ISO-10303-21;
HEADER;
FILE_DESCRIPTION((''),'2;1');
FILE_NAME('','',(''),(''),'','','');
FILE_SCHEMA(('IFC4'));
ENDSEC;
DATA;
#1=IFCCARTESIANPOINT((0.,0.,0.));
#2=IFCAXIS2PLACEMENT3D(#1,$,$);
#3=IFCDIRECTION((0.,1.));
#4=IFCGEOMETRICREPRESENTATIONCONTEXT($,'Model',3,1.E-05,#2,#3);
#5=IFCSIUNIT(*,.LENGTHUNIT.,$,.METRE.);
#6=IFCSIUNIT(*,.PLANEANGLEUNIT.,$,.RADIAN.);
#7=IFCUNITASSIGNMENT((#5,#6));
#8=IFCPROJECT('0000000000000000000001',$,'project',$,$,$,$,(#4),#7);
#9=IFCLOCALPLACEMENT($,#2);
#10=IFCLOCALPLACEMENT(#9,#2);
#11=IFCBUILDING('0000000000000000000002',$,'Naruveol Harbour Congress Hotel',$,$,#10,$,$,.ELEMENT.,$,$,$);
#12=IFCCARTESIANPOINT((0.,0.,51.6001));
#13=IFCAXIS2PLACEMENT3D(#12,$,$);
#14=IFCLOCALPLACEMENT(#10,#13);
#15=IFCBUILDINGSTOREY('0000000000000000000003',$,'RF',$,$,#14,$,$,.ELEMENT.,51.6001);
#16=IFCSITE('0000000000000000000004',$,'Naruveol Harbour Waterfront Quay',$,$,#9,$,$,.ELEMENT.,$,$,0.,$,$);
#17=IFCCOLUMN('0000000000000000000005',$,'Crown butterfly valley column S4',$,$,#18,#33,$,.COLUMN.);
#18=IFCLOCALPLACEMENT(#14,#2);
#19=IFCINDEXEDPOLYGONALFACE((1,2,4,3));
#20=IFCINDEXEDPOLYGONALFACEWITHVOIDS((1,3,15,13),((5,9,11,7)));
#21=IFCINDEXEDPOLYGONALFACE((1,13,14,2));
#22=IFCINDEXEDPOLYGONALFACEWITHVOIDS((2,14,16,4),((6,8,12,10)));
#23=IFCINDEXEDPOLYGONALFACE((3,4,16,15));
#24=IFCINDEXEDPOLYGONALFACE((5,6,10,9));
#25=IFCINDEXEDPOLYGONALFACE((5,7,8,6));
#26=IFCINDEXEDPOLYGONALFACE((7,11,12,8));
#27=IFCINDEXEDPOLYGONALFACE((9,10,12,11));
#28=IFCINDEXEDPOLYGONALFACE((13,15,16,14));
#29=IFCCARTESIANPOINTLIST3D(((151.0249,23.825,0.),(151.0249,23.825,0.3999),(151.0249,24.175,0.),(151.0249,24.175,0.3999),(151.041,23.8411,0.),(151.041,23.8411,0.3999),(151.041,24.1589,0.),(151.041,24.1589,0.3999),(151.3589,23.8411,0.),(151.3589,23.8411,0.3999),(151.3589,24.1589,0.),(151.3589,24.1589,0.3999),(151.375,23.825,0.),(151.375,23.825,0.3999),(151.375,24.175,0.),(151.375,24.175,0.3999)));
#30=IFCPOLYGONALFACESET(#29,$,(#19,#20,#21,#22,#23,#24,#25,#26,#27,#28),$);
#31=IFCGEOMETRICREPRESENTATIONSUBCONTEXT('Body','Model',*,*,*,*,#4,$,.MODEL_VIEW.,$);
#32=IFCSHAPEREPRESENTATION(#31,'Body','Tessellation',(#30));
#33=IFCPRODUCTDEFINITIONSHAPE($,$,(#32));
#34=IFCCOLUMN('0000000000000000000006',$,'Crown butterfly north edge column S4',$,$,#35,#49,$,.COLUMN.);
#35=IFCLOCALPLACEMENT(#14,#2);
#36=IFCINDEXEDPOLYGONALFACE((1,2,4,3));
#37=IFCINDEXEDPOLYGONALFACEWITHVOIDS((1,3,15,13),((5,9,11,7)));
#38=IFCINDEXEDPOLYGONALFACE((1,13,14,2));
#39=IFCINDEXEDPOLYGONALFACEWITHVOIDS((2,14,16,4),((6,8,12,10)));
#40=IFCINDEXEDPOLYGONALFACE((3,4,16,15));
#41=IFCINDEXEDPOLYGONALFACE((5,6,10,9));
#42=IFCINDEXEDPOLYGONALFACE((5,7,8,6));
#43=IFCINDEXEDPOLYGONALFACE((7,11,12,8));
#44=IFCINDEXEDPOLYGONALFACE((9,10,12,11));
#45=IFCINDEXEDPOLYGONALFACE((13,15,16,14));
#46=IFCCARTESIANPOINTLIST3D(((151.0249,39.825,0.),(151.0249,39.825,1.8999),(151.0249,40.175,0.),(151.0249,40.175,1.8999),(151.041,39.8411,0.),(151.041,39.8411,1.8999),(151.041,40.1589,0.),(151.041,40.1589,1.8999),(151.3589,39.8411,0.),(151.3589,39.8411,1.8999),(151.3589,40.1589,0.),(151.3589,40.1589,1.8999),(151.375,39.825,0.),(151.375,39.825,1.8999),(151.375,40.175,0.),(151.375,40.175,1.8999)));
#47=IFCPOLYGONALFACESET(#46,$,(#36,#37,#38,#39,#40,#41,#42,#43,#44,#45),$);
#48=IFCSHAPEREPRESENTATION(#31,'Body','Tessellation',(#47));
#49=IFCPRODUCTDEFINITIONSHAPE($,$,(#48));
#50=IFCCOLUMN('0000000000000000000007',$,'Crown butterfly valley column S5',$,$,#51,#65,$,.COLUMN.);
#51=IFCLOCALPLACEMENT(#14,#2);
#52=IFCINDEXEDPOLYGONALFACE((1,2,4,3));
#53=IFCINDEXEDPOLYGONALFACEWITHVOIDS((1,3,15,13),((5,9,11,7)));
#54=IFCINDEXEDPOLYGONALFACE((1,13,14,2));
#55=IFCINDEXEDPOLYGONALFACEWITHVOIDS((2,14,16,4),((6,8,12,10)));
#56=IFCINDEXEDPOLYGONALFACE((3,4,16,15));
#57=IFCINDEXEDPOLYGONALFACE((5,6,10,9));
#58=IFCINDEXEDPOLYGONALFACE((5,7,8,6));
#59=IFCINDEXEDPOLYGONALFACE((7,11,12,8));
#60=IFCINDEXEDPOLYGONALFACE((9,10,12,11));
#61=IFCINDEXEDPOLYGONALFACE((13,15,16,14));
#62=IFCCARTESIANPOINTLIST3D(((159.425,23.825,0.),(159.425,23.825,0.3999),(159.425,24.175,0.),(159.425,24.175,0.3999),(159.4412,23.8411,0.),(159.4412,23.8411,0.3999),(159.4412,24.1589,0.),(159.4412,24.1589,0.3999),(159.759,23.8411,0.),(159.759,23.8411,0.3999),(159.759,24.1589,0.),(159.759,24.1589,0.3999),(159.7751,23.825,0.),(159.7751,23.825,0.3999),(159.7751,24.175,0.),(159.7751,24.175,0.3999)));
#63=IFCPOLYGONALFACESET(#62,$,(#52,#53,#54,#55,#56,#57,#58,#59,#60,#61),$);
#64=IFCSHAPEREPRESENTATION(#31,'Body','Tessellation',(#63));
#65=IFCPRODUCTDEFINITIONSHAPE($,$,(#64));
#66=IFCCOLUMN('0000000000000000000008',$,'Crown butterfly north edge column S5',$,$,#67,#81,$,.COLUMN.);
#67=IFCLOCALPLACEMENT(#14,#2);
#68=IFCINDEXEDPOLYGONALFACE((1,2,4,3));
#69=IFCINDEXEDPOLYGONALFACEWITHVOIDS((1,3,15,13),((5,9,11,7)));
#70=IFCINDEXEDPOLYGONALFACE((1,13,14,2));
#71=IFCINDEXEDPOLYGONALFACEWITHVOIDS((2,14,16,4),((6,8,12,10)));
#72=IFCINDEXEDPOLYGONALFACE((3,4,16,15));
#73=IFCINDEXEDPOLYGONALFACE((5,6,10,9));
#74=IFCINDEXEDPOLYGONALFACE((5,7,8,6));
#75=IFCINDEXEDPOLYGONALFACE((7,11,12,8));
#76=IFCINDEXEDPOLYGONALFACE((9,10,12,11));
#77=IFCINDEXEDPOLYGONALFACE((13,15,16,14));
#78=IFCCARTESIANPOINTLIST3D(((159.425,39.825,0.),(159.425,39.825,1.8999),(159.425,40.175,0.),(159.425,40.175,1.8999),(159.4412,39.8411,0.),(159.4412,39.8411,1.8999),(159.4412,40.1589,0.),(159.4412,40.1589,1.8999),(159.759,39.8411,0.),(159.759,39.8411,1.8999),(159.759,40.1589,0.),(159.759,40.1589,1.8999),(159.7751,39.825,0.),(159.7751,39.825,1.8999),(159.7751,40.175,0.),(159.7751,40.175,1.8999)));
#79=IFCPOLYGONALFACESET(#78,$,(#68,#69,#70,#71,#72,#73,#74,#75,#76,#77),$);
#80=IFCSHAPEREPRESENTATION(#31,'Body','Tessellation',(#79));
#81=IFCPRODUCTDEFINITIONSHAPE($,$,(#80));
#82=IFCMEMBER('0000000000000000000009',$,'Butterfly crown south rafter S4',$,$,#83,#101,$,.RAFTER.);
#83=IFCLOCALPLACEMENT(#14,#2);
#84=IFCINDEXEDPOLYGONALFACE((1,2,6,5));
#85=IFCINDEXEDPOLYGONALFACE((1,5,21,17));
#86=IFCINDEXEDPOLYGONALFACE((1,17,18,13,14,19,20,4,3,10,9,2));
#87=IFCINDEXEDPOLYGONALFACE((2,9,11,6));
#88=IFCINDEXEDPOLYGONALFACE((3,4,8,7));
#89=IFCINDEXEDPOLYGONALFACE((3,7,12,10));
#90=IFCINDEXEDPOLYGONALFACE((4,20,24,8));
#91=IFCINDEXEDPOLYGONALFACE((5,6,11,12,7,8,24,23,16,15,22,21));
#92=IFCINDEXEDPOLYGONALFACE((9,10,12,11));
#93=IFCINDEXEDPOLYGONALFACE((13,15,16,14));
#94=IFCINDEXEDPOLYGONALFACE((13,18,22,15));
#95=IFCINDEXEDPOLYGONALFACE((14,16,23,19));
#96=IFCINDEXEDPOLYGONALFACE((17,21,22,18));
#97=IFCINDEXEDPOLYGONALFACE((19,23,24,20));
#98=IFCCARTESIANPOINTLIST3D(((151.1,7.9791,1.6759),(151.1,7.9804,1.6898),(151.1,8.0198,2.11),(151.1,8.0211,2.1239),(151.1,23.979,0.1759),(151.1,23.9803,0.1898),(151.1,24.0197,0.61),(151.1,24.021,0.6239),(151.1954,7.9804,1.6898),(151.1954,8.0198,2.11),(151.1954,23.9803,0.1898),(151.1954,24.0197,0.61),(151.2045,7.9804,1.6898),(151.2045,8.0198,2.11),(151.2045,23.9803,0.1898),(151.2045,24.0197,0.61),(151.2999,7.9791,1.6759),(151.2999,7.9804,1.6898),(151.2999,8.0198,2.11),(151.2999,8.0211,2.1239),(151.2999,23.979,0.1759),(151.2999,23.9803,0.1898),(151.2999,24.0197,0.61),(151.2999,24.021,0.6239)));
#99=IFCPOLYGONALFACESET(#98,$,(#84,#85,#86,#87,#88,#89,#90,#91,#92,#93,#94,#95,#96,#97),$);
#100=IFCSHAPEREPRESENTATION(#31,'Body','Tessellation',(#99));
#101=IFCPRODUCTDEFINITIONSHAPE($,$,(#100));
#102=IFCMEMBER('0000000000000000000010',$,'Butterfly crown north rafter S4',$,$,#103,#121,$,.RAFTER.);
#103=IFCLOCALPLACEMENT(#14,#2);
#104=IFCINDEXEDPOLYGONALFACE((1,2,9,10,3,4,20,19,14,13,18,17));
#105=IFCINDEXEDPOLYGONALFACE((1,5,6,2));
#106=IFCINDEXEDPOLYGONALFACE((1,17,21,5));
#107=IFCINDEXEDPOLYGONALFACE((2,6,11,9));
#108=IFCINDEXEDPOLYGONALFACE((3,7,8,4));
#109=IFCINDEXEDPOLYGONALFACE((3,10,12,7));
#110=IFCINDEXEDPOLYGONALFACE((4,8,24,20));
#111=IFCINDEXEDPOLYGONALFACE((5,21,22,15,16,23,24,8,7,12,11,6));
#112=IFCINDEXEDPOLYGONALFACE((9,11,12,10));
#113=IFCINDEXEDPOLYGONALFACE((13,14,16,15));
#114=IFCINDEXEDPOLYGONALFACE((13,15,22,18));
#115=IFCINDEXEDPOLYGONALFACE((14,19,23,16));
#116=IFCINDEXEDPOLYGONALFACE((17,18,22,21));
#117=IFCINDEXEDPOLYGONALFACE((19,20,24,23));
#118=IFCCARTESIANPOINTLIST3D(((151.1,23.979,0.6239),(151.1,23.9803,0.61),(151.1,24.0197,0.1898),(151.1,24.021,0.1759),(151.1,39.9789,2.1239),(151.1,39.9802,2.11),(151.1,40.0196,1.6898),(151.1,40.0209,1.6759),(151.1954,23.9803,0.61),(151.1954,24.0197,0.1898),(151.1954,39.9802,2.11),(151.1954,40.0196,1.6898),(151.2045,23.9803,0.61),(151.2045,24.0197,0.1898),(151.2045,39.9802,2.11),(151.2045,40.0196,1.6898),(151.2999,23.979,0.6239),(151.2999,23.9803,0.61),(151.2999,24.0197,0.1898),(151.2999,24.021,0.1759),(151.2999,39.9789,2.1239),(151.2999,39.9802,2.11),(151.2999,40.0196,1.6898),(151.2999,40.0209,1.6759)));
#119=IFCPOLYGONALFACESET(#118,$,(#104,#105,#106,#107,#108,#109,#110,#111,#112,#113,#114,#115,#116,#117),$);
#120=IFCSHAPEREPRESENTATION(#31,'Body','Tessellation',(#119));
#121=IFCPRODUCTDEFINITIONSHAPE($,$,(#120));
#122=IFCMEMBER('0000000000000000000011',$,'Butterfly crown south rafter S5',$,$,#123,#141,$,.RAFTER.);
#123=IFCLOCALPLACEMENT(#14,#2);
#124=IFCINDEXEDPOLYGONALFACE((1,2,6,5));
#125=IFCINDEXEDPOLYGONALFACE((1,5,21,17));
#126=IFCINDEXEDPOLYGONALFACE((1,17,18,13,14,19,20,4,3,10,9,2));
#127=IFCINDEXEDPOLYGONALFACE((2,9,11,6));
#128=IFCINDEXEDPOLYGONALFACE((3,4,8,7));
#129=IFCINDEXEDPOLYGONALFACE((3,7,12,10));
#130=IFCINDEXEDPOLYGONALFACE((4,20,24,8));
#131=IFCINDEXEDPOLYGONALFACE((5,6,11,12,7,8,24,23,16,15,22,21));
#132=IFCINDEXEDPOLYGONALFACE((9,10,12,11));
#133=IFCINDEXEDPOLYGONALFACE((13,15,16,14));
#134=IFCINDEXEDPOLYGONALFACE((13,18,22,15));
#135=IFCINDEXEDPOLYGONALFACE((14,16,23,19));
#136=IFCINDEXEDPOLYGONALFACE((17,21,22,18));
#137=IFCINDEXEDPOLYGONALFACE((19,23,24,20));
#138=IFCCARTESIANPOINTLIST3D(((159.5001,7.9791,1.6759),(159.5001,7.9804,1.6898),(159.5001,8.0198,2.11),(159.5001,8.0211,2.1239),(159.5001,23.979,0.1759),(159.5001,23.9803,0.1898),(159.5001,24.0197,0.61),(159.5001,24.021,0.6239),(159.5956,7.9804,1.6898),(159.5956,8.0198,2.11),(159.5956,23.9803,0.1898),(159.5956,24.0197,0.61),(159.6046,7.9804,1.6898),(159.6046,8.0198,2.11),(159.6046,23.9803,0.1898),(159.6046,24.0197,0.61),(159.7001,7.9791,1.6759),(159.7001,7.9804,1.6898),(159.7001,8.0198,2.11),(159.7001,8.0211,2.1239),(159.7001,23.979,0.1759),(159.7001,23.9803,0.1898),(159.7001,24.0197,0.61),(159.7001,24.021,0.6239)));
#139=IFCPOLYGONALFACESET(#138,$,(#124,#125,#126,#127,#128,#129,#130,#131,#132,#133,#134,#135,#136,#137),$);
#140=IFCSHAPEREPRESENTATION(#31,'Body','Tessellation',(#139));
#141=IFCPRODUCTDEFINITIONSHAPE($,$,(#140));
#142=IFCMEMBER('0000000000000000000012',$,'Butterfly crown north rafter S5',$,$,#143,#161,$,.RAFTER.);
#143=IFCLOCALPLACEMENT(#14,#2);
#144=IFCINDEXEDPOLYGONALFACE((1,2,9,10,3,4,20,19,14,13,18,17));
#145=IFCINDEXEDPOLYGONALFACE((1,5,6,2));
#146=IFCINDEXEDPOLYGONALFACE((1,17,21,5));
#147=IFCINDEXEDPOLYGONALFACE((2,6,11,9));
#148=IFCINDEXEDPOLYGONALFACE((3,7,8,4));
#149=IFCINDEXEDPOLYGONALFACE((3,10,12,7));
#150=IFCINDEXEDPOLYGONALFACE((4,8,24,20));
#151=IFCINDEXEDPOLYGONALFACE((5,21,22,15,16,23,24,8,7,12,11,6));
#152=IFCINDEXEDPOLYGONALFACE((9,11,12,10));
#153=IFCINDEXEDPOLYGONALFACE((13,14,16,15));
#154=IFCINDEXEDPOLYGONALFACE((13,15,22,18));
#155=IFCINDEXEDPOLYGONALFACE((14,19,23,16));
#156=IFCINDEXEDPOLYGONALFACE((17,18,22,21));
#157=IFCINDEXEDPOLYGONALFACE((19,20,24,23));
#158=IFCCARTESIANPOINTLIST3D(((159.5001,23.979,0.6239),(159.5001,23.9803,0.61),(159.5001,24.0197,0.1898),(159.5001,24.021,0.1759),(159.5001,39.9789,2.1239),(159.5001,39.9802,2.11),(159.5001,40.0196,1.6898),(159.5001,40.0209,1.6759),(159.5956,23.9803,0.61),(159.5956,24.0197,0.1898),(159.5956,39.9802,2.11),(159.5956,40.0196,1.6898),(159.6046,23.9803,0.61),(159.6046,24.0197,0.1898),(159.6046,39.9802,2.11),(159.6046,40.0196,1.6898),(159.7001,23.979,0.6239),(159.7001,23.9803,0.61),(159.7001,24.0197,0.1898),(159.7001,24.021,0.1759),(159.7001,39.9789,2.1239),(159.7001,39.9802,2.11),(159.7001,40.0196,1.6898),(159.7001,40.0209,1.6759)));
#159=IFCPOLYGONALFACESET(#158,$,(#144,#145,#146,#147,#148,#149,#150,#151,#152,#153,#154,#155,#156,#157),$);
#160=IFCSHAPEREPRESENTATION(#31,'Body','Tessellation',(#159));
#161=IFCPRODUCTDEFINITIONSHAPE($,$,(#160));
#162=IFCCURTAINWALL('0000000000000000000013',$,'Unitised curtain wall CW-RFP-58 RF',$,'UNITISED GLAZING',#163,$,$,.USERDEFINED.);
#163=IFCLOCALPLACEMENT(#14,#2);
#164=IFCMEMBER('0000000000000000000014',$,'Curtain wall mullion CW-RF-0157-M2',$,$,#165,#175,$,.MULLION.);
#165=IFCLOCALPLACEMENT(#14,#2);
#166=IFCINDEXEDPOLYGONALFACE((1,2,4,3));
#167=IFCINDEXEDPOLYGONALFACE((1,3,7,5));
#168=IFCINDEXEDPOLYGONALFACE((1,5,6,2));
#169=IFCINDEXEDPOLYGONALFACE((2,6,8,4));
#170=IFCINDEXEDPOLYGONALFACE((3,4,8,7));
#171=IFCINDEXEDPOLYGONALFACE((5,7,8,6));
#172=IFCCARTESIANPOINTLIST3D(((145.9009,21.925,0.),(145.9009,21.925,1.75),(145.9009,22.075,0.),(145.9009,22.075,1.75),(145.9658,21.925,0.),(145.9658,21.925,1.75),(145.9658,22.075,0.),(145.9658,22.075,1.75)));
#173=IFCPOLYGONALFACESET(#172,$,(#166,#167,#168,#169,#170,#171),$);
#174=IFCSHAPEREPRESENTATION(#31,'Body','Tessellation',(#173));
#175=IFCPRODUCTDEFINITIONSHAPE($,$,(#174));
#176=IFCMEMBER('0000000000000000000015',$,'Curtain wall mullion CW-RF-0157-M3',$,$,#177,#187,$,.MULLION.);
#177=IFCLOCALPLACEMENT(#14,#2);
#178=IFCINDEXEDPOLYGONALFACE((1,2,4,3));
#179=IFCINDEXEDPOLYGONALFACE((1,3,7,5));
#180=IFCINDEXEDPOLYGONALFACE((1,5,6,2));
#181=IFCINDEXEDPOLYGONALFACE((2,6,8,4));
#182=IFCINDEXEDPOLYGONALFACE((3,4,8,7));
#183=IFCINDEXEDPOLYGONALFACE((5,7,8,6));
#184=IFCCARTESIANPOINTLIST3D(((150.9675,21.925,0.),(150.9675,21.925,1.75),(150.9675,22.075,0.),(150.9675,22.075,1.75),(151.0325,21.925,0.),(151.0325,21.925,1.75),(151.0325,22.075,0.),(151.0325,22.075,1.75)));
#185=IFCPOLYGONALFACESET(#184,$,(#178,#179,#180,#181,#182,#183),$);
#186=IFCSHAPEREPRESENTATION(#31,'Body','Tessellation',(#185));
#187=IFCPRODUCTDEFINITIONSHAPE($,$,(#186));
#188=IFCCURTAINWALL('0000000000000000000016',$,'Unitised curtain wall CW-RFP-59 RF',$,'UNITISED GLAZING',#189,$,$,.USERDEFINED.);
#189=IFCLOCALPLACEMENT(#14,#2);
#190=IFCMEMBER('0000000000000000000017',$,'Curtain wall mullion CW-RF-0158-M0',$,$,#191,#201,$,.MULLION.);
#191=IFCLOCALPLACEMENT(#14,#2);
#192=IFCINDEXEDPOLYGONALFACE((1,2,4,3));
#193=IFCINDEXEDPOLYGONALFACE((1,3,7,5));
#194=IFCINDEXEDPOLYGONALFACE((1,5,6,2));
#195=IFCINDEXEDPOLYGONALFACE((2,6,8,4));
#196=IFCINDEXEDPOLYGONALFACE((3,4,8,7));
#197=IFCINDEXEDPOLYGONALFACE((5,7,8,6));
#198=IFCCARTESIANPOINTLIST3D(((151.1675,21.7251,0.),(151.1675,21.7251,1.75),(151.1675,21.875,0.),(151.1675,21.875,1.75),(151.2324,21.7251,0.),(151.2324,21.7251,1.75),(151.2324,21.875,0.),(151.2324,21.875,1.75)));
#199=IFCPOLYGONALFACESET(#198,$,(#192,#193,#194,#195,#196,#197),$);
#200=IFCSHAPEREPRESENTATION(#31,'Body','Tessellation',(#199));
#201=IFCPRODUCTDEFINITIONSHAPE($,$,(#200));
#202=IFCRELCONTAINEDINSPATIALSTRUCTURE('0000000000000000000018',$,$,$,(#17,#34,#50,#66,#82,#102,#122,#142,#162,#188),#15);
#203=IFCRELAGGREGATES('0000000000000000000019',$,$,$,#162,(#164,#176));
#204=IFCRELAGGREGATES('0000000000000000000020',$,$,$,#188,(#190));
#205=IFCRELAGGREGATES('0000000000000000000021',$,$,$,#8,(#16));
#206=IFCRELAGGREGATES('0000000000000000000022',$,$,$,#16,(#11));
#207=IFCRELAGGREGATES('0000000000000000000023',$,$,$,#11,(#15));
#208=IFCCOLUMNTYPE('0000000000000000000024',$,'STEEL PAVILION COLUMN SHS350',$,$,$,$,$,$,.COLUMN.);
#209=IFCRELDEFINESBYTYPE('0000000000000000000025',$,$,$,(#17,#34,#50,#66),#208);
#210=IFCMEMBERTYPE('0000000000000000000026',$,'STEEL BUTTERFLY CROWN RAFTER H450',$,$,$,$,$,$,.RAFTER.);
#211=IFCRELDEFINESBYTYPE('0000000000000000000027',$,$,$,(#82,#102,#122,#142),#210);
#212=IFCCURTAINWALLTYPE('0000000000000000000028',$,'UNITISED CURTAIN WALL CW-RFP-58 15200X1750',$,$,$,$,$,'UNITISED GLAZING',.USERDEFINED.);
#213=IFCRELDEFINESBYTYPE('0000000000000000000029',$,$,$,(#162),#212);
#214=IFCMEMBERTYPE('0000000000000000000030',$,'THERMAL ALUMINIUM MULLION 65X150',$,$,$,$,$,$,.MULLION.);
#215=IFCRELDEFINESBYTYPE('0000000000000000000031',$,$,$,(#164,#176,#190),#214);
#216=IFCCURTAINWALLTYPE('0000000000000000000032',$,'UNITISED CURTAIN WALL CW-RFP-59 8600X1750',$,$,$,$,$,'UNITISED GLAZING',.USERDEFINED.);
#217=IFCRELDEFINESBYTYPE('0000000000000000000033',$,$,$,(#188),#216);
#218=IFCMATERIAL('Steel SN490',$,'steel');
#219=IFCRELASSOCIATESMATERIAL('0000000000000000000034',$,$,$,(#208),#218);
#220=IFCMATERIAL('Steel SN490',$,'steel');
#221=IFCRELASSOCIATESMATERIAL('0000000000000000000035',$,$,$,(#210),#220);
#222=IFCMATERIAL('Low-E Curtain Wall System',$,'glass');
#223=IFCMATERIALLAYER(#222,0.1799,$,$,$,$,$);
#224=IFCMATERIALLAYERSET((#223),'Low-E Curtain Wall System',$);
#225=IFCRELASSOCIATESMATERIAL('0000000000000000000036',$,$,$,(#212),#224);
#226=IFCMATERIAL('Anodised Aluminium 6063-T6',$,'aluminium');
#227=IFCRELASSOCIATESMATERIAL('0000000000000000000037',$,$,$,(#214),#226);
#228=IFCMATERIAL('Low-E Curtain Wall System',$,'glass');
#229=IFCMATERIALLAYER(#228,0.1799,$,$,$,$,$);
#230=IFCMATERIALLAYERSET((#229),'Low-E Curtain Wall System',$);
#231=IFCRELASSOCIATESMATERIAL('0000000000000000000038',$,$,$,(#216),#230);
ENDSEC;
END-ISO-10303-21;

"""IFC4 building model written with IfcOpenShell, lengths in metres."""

from ifc_helpers import new_model, si_unit, direction, frame, origin, origin_2d, place, context, subcontext, project, spatial, rectangle, hollow_rectangle, i_section, extrude, material, layer, layer_set, material_profile, profile_set, type_object, element, aggregate, save


model = new_model("IFC4")

# Units and contexts
model_context = context("Model", 3, precision=1e-05, world=origin(), true_north=direction((0.0, 1.0)))
body_context = subcontext(model_context, "Body", "Model", "MODEL_VIEW")
ifc_project = project(units=[si_unit("LENGTHUNIT", "METRE"), si_unit("PLANEANGLEUNIT", "RADIAN")], contexts=[model_context])

# Site, building, storey
site_placement = place(None, origin())
site = spatial("IfcSite", under=ifc_project, at=site_placement, Name="Naruveol Harbour Waterfront Quay", CompositionType="ELEMENT", RefElevation=0.0)
building_placement = place(site_placement, origin())
building = spatial("IfcBuilding", under=site, at=building_placement, Name="Naruveol Harbour Congress Hotel", CompositionType="ELEMENT")
storey_placement = place(building_placement, frame((0.0, 0.0, 51.6001)))
storey = spatial("IfcBuildingStorey", under=building, at=storey_placement, Name="RF", CompositionType="ELEMENT", Elevation=51.6001)

# Columns
ifc_material_1 = material(Name="Steel SN490", Category="steel")
ifc_material_profile_1 = material_profile(ifc_material_1, hollow_rectangle(XDim=0.3501, YDim=0.3501, WallThickness=0.0161, at=origin_2d()), Name="SHS-350x350x16")
ifc_profile_set_1 = profile_set([ifc_material_profile_1], Name="Steel SN490")
column_type = type_object("IfcColumnType", Name="STEEL PAVILION COLUMN SHS350", PredefinedType="COLUMN", material=ifc_profile_set_1)
column_1_placement = place(storey_placement, frame((151.2, 24.0, 0.0), z_axis=(0.0, 0.0, 1.0), x_axis=(1.0, 0.0, 0.0)))
element("IfcColumn", 1, at=column_1_placement, inside=storey, type_object=column_type, Name="Crown butterfly valley column S4", PredefinedType="COLUMN", context=body_context, shape_type="SweptSolid", body=[
    extrude(hollow_rectangle(XDim=0.3501, YDim=0.3501, WallThickness=0.0161, at=origin_2d()), origin(), (0.0, 0.0, 1.0), 0.3999),
])
column_2_placement = place(storey_placement, frame((151.2, 40.0, 0.0), z_axis=(0.0, 0.0, 1.0), x_axis=(1.0, 0.0, 0.0)))
element("IfcColumn", 2, at=column_2_placement, inside=storey, type_object=column_type, Name="Crown butterfly north edge column S4", PredefinedType="COLUMN", context=body_context, shape_type="SweptSolid", body=[
    extrude(hollow_rectangle(XDim=0.3501, YDim=0.3501, WallThickness=0.0161, at=origin_2d()), origin(), (0.0, 0.0, 1.0), 1.8999),
])
column_3_placement = place(storey_placement, frame((159.6001, 24.0, 0.0), z_axis=(0.0, 0.0, 1.0), x_axis=(1.0, 0.0, 0.0)))
element("IfcColumn", 3, at=column_3_placement, inside=storey, type_object=column_type, Name="Crown butterfly valley column S5", PredefinedType="COLUMN", context=body_context, shape_type="SweptSolid", body=[
    extrude(hollow_rectangle(XDim=0.3501, YDim=0.3501, WallThickness=0.0161, at=origin_2d()), origin(), (0.0, 0.0, 1.0), 0.3999),
])
column_4_placement = place(storey_placement, frame((159.6001, 40.0, 0.0), z_axis=(0.0, 0.0, 1.0), x_axis=(1.0, 0.0, 0.0)))
element("IfcColumn", 4, at=column_4_placement, inside=storey, type_object=column_type, Name="Crown butterfly north edge column S5", PredefinedType="COLUMN", context=body_context, shape_type="SweptSolid", body=[
    extrude(hollow_rectangle(XDim=0.3501, YDim=0.3501, WallThickness=0.0161, at=origin_2d()), origin(), (0.0, 0.0, 1.0), 1.8999),
])

# Members
ifc_material_2 = material(Name="Steel SN490", Category="steel")
ifc_material_profile_2 = material_profile(ifc_material_2, i_section(OverallWidth=0.2, OverallDepth=0.45, WebThickness=0.009, FlangeThickness=0.0139, at=origin_2d()), Name="H-450x200x9x14")
ifc_profile_set_2 = profile_set([ifc_material_profile_2], Name="Steel SN490")
member_type_1 = type_object("IfcMemberType", Name="STEEL BUTTERFLY CROWN RAFTER H450", PredefinedType="RAFTER", material=ifc_profile_set_2)
for number, where, z_axis, x_axis, name in (
    (5, (151.2, 24.0, 0.3999), (0.0, -0.995634, 0.093341), (1.0, 0.0, 0.0), "Butterfly crown south rafter S4"),
    (6, (151.2, 24.0, 0.3999), (0.0, 0.995634, 0.093341), (-1.0, 0.0, 0.0), "Butterfly crown north rafter S4"),
    (7, (159.6001, 24.0, 0.3999), (0.0, -0.995634, 0.093341), (1.0, 0.0, 0.0), "Butterfly crown south rafter S5"),
    (8, (159.6001, 24.0, 0.3999), (0.0, 0.995634, 0.093341), (-1.0, 0.0, 0.0), "Butterfly crown north rafter S5"),
):
    element("IfcMember", number, at=place(storey_placement, frame(where, z_axis=z_axis, x_axis=x_axis)), inside=storey, type_object=member_type_1, Name=name, PredefinedType="RAFTER", context=body_context, shape_type="SweptSolid", body=[
        extrude(i_section(OverallWidth=0.2, OverallDepth=0.45, WebThickness=0.009, FlangeThickness=0.0139, at=origin_2d()), origin(), (0.0, 0.0, 1.0), 16.0701),
    ])

# Curtain walls, members
ifc_material_3 = material(Name="Low-E Curtain Wall System", Category="glass")
ifc_layer_1 = layer(ifc_material_3, 0.1799)
ifc_layer_set_1 = layer_set([ifc_layer_1], Name="Low-E Curtain Wall System")
curtain_wall_type_1 = type_object("IfcCurtainWallType", Name="UNITISED CURTAIN WALL CW-RFP-58 15200X1750", ElementType="UNITISED GLAZING", PredefinedType="USERDEFINED", material=ifc_layer_set_1)
curtain_wall_1_placement = place(storey_placement, origin())
curtain_wall_1 = element("IfcCurtainWall", 9, at=curtain_wall_1_placement, inside=storey, type_object=curtain_wall_type_1, Name="Unitised curtain wall CW-RFP-58 RF", ObjectType="UNITISED GLAZING", PredefinedType="USERDEFINED")
ifc_material_4 = material(Name="Anodised Aluminium 6063-T6", Category="aluminium")
ifc_material_profile_3 = material_profile(ifc_material_4, rectangle(XDim=0.0649, YDim=0.1499, at=origin_2d()), Name="ALU-65x150")
ifc_profile_set_3 = profile_set([ifc_material_profile_3], Name="Anodised Aluminium 6063-T6")
member_type_2 = type_object("IfcMemberType", Name="THERMAL ALUMINIUM MULLION 65X150", PredefinedType="MULLION", material=ifc_profile_set_3)
member_1_placement = place(storey_placement, frame((145.9333, 22.0, 0.0), z_axis=(0.0, 0.0, 1.0), x_axis=(1.0, 0.0, 0.0)))
member_1 = element("IfcMember", 10, at=member_1_placement, type_object=member_type_2, Name="Curtain wall mullion CW-RF-0157-M2", PredefinedType="MULLION", context=body_context, shape_type="SweptSolid", body=[
    extrude(rectangle(XDim=0.0649, YDim=0.1499, at=origin_2d()), origin(), (0.0, 0.0, 1.0), 1.75),
])
member_2_placement = place(storey_placement, frame((151.0, 22.0, 0.0), z_axis=(0.0, 0.0, 1.0), x_axis=(1.0, 0.0, 0.0)))
member_2 = element("IfcMember", 11, at=member_2_placement, type_object=member_type_2, Name="Curtain wall mullion CW-RF-0157-M3", PredefinedType="MULLION", context=body_context, shape_type="SweptSolid", body=[
    extrude(rectangle(XDim=0.0649, YDim=0.1499, at=origin_2d()), origin(), (0.0, 0.0, 1.0), 1.75),
])
ifc_material_5 = material(Name="Low-E Curtain Wall System", Category="glass")
ifc_layer_2 = layer(ifc_material_5, 0.1799)
ifc_layer_set_2 = layer_set([ifc_layer_2], Name="Low-E Curtain Wall System")
curtain_wall_type_2 = type_object("IfcCurtainWallType", Name="UNITISED CURTAIN WALL CW-RFP-59 8600X1750", ElementType="UNITISED GLAZING", PredefinedType="USERDEFINED", material=ifc_layer_set_2)
curtain_wall_2_placement = place(storey_placement, origin())
curtain_wall_2 = element("IfcCurtainWall", 12, at=curtain_wall_2_placement, inside=storey, type_object=curtain_wall_type_2, Name="Unitised curtain wall CW-RFP-59 RF", ObjectType="UNITISED GLAZING", PredefinedType="USERDEFINED")
member_3_placement = place(storey_placement, frame((151.2, 21.8, 0.0), z_axis=(0.0, 0.0, 1.0), x_axis=(1.0, 0.0, 0.0)))
member_3 = element("IfcMember", 13, at=member_3_placement, type_object=member_type_2, Name="Curtain wall mullion CW-RF-0158-M0", PredefinedType="MULLION", context=body_context, shape_type="SweptSolid", body=[
    extrude(rectangle(XDim=0.0649, YDim=0.1499, at=origin_2d()), origin(), (0.0, 0.0, 1.0), 1.75),
])

aggregate(curtain_wall_1, [member_1, member_2])
aggregate(curtain_wall_2, [member_3])

save(model, "model.ifc")
